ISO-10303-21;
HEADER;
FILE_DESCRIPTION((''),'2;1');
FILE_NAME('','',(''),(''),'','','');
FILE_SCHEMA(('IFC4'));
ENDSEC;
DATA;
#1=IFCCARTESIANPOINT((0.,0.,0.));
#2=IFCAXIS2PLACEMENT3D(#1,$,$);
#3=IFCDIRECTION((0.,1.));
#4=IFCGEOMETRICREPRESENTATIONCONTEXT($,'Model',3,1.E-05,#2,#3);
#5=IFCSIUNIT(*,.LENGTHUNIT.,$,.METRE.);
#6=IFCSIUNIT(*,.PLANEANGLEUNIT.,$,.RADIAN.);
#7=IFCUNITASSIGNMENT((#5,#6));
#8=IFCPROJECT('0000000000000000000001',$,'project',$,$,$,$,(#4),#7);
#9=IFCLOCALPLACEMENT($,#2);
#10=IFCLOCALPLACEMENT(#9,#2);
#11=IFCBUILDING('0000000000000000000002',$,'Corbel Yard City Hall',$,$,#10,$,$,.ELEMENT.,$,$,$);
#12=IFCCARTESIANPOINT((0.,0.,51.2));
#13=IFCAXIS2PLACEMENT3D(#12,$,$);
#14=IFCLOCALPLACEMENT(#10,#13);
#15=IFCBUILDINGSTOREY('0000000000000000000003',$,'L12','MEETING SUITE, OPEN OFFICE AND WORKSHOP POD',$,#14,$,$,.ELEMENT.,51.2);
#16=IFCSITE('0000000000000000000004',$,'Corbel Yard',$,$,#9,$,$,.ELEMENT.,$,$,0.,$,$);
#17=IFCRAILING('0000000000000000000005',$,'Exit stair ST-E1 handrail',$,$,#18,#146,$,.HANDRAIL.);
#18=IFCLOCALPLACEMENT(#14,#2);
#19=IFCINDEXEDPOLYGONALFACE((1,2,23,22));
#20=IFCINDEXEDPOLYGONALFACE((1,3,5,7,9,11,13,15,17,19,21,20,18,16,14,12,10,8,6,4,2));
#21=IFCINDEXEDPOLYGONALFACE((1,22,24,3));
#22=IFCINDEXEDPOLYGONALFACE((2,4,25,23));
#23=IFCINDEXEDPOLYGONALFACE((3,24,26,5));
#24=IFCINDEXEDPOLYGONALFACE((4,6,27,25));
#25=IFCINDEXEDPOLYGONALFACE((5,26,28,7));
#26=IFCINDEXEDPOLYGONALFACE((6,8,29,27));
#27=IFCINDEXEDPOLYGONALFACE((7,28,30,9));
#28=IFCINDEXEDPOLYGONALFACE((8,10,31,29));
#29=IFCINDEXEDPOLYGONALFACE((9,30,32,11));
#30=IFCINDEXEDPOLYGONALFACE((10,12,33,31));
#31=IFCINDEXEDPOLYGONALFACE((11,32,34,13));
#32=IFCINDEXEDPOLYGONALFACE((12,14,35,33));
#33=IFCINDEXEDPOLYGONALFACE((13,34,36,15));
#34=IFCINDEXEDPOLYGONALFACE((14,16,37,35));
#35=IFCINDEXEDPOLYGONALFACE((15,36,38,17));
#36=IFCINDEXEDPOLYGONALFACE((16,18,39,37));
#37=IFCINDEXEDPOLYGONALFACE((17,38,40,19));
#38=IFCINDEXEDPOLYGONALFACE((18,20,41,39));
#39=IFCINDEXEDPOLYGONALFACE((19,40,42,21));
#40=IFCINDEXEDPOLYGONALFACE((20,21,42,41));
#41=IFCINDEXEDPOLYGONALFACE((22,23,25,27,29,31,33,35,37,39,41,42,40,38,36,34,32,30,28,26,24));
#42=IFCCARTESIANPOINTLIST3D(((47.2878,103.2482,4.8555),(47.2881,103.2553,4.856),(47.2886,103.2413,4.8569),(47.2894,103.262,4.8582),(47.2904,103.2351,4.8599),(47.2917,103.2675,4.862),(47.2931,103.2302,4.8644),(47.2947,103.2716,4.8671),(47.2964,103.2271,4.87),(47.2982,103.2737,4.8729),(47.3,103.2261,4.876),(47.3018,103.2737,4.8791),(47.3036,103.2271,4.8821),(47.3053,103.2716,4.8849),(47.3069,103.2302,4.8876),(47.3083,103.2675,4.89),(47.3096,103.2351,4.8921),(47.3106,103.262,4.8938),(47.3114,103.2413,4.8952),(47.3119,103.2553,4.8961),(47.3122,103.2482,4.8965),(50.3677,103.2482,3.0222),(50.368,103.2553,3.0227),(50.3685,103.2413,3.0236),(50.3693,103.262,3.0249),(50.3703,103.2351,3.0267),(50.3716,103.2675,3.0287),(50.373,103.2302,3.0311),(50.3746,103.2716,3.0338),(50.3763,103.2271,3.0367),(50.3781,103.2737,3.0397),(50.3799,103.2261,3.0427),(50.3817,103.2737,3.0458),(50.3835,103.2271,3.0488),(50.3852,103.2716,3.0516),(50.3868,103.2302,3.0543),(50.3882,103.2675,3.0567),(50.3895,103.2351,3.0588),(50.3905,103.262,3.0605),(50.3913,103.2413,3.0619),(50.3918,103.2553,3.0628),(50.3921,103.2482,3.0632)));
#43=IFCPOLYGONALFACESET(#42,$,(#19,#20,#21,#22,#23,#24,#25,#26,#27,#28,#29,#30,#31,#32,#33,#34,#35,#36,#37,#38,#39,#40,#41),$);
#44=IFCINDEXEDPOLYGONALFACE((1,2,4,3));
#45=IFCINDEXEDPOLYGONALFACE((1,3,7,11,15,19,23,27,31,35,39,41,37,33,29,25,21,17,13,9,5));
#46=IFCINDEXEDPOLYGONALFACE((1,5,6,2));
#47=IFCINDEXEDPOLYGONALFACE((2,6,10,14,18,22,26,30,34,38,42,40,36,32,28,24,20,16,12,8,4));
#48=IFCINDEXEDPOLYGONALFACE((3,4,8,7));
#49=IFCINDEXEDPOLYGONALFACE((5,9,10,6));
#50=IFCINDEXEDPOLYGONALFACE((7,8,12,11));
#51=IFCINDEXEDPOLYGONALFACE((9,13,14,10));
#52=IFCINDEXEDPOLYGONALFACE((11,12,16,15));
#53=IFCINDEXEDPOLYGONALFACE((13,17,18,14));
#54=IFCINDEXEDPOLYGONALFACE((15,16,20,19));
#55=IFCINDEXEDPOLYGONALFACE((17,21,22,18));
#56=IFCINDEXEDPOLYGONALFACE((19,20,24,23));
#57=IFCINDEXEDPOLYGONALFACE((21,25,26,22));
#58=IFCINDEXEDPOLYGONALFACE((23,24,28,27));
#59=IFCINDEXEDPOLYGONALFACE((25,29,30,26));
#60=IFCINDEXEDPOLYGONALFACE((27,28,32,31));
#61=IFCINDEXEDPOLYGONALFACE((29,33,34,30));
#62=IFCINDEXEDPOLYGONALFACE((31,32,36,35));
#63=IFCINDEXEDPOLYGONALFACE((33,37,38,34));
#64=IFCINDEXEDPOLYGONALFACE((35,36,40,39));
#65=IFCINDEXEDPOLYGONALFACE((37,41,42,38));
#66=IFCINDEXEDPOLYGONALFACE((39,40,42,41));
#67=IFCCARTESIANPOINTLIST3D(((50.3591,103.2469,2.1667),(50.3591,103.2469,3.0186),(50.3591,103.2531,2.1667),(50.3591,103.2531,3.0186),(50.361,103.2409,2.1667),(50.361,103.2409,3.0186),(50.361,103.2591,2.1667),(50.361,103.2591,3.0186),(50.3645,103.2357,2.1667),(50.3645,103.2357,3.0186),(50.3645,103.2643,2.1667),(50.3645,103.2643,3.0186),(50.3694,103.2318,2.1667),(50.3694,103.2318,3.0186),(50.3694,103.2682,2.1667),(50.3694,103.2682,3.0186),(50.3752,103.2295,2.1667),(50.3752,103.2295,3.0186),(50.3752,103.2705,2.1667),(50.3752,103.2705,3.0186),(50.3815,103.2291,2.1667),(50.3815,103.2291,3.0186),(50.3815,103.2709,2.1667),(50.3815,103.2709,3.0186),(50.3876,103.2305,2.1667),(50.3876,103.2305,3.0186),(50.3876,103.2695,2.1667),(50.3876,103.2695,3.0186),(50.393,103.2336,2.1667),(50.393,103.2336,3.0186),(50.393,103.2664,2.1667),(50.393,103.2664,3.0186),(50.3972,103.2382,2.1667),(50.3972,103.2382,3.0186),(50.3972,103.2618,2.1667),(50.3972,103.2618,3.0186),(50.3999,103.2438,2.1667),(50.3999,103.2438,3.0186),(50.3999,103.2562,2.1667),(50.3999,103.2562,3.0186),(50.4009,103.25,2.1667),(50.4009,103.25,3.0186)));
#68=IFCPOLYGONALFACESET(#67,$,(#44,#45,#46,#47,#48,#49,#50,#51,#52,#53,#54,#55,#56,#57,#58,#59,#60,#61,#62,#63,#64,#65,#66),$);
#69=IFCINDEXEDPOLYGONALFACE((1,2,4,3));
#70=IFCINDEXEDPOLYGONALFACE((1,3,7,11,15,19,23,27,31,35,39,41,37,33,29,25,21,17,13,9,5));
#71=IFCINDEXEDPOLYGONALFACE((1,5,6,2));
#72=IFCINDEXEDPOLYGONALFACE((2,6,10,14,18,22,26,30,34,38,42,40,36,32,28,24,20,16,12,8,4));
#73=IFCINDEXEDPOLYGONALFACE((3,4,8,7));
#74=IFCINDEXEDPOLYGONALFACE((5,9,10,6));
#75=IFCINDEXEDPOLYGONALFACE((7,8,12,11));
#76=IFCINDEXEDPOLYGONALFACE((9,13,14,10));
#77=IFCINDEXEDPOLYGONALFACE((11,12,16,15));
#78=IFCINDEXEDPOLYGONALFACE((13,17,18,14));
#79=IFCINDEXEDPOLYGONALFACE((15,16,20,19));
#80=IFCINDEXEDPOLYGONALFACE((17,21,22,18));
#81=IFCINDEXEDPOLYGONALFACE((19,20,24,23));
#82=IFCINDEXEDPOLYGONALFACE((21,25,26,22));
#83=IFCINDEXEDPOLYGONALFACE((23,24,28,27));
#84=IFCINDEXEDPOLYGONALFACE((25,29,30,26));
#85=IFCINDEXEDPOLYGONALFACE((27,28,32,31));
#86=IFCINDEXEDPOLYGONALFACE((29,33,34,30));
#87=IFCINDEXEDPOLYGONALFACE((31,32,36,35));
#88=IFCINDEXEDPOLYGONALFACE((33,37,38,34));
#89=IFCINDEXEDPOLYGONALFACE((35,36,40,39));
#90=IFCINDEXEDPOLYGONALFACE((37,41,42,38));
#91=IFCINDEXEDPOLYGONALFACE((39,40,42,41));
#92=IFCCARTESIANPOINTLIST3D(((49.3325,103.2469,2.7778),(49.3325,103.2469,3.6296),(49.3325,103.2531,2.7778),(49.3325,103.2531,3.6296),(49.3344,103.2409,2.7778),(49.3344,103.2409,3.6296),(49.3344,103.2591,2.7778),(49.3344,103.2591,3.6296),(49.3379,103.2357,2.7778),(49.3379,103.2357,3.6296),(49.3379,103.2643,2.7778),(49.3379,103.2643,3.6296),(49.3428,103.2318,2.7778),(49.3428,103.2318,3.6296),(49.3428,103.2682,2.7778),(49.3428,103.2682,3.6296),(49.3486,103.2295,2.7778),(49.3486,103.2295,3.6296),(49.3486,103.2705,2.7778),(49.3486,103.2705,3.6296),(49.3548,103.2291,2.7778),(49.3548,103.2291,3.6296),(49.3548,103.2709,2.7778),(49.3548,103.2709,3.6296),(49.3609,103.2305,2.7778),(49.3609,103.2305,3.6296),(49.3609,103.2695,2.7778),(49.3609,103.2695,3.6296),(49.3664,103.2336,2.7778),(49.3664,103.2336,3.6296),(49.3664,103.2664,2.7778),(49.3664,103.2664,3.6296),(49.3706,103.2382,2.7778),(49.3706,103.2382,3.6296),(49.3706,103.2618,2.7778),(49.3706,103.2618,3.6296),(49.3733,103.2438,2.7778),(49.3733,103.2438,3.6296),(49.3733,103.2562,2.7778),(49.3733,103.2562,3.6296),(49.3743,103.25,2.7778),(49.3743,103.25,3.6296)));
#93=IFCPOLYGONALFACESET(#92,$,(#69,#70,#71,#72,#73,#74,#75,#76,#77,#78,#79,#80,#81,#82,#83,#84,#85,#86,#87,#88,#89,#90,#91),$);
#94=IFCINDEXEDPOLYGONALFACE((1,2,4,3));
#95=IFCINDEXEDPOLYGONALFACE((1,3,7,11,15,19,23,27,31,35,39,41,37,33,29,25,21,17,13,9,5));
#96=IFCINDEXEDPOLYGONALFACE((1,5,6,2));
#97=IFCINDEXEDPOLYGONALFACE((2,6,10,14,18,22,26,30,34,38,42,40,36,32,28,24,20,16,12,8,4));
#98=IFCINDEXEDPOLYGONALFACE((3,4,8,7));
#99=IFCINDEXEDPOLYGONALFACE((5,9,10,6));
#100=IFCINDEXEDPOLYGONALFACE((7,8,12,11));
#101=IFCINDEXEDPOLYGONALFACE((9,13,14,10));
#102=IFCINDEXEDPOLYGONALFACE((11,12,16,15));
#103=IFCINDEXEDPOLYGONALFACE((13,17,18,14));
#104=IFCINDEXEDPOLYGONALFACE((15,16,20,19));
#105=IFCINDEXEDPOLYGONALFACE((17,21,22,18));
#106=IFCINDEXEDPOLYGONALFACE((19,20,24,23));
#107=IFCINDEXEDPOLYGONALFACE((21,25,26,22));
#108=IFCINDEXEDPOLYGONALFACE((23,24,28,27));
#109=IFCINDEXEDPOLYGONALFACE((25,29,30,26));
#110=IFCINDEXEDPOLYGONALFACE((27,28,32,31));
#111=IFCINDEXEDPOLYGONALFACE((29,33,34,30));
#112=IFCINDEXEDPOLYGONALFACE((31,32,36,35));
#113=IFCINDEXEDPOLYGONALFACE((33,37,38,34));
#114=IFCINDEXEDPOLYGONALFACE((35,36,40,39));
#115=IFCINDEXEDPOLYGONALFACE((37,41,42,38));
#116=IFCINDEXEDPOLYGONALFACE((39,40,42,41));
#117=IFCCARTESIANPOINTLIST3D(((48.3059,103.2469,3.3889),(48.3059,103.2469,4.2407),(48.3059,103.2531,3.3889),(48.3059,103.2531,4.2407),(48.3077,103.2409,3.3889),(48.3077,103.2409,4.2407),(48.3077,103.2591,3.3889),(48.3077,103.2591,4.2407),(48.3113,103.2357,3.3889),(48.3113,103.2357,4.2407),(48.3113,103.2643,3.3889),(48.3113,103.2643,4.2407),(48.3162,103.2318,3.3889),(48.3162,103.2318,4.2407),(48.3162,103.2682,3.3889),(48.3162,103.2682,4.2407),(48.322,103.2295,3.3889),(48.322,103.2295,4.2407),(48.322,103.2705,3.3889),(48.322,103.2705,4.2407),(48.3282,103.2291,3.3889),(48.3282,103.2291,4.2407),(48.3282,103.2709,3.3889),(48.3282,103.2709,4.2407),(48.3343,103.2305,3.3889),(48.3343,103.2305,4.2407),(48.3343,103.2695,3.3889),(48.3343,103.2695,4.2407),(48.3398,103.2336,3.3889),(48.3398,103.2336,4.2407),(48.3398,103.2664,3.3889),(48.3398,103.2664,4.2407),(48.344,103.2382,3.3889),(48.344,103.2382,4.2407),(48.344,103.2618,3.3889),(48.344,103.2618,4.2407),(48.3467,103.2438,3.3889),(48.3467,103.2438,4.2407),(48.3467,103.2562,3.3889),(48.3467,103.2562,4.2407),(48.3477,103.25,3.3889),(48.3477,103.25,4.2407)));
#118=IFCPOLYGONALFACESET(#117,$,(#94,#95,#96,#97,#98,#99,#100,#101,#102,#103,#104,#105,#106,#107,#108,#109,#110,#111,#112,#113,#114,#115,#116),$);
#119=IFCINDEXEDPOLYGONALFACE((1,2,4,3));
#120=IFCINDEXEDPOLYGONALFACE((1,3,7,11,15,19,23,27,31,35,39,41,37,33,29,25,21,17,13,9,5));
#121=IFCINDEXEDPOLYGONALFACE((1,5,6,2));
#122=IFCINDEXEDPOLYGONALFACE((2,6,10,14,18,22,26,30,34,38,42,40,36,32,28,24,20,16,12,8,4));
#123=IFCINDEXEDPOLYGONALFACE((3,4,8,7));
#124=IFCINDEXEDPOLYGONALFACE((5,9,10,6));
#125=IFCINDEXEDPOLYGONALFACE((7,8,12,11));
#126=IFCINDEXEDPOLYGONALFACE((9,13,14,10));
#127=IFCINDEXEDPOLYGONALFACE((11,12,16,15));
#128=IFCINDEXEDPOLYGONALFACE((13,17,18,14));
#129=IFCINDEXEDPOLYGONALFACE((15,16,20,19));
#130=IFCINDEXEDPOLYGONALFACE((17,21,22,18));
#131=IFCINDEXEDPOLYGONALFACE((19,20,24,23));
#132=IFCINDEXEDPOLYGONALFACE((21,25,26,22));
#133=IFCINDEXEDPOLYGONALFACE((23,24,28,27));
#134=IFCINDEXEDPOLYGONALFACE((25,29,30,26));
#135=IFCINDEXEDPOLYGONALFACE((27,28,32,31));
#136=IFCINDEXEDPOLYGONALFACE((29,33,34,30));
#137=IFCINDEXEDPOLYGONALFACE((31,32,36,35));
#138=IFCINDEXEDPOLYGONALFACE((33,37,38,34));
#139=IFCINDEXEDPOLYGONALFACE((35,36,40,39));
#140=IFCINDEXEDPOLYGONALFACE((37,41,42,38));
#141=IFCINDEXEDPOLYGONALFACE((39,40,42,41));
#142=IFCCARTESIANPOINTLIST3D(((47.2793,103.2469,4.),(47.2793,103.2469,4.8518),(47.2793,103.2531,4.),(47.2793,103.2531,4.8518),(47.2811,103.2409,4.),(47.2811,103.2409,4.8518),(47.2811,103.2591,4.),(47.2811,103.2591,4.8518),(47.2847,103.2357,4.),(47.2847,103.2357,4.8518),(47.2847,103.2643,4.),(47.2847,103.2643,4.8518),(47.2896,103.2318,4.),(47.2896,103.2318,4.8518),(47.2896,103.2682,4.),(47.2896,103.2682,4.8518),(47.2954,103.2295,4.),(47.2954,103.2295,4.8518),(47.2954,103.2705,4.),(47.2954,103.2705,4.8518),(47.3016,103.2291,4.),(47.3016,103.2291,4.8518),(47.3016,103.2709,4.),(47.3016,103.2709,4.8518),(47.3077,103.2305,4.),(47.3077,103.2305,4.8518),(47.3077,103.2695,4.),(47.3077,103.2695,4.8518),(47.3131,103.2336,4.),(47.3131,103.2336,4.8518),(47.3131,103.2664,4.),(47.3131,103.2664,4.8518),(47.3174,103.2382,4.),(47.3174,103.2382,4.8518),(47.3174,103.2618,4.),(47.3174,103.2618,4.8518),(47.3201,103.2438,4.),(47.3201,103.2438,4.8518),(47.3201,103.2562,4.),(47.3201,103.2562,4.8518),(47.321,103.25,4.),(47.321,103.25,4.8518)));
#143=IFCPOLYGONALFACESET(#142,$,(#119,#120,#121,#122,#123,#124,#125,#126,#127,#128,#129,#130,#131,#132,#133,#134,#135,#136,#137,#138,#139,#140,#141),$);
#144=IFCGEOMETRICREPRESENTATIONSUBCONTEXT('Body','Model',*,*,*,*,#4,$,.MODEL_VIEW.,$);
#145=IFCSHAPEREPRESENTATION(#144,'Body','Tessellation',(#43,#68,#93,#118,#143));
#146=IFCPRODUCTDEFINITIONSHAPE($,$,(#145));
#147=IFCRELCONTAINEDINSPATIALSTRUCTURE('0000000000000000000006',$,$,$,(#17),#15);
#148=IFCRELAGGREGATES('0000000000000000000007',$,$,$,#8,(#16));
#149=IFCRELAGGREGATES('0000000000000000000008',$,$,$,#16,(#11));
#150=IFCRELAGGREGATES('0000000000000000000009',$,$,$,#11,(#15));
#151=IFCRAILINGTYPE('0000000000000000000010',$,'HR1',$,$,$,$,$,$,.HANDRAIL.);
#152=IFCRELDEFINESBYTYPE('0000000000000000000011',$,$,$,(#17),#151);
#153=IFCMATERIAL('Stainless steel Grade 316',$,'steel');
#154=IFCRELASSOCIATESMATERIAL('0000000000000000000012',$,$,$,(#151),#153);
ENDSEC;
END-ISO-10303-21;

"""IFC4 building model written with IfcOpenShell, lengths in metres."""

from ifc_helpers import new_model, si_unit, direction, frame, origin, origin_2d, place, context, subcontext, project, spatial, circle, extrude, material, type_object, element, save


model = new_model("IFC4")

# Units and contexts
model_context = context("Model", 3, precision=1e-05, world=origin(), true_north=direction((0.0, 1.0)))
body_context = subcontext(model_context, "Body", "Model", "MODEL_VIEW")
ifc_project = project(units=[si_unit("LENGTHUNIT", "METRE"), si_unit("PLANEANGLEUNIT", "RADIAN")], contexts=[model_context])

# Site, building, storey
site_placement = place(None, origin())
site = spatial("IfcSite", under=ifc_project, at=site_placement, Name="Corbel Yard", CompositionType="ELEMENT", RefElevation=0.0)
building_placement = place(site_placement, origin())
building = spatial("IfcBuilding", under=site, at=building_placement, Name="Corbel Yard City Hall", CompositionType="ELEMENT")
storey_placement = place(building_placement, frame((0.0, 0.0, 51.2)))
storey = spatial("IfcBuildingStorey", under=building, at=storey_placement, Name="L12", Description="MEETING SUITE, OPEN OFFICE AND WORKSHOP POD", CompositionType="ELEMENT", Elevation=51.2)

# Shared definitions
ifc_material_1 = material(Name="Stainless steel Grade 316", Category="steel")

# Railing
railing_type = type_object("IfcRailingType", Name="HR1", PredefinedType="HANDRAIL", material=ifc_material_1)
for number, where, name in (
    (1, (50.3799, 103.25, 2.1667), "Exit stair ST-E1 handrail"),
):
    element("IfcRailing", number, at=place(storey_placement, frame(where)), inside=storey, type_object=railing_type, Name=name, PredefinedType="HANDRAIL", context=body_context, shape_type="SweptSolid", body=[
        extrude(circle(Radius=0.0239, at=origin_2d()), frame((0.0, 0.0, 0.876), z_axis=(-0.859291, 0.0, 0.511487), x_axis=(0.0, -1.0, 0.0)), (0.0, 0.0, 1.0), 3.5842),
        extrude(circle(Radius=0.021, at=origin_2d()), origin(), (0.0, 0.0, 1.0), 0.8518),
        extrude(circle(Radius=0.021, at=origin_2d()), frame((-1.0266, 0.0, 0.6111)), (0.0, 0.0, 1.0), 0.8518),
        extrude(circle(Radius=0.021, at=origin_2d()), frame((-2.0532, 0.0, 1.2222)), (0.0, 0.0, 1.0), 0.8518),
        extrude(circle(Radius=0.021, at=origin_2d()), frame((-3.0798, 0.0, 1.8333)), (0.0, 0.0, 1.0), 0.8518),
    ])

save(model, "model.ifc")
